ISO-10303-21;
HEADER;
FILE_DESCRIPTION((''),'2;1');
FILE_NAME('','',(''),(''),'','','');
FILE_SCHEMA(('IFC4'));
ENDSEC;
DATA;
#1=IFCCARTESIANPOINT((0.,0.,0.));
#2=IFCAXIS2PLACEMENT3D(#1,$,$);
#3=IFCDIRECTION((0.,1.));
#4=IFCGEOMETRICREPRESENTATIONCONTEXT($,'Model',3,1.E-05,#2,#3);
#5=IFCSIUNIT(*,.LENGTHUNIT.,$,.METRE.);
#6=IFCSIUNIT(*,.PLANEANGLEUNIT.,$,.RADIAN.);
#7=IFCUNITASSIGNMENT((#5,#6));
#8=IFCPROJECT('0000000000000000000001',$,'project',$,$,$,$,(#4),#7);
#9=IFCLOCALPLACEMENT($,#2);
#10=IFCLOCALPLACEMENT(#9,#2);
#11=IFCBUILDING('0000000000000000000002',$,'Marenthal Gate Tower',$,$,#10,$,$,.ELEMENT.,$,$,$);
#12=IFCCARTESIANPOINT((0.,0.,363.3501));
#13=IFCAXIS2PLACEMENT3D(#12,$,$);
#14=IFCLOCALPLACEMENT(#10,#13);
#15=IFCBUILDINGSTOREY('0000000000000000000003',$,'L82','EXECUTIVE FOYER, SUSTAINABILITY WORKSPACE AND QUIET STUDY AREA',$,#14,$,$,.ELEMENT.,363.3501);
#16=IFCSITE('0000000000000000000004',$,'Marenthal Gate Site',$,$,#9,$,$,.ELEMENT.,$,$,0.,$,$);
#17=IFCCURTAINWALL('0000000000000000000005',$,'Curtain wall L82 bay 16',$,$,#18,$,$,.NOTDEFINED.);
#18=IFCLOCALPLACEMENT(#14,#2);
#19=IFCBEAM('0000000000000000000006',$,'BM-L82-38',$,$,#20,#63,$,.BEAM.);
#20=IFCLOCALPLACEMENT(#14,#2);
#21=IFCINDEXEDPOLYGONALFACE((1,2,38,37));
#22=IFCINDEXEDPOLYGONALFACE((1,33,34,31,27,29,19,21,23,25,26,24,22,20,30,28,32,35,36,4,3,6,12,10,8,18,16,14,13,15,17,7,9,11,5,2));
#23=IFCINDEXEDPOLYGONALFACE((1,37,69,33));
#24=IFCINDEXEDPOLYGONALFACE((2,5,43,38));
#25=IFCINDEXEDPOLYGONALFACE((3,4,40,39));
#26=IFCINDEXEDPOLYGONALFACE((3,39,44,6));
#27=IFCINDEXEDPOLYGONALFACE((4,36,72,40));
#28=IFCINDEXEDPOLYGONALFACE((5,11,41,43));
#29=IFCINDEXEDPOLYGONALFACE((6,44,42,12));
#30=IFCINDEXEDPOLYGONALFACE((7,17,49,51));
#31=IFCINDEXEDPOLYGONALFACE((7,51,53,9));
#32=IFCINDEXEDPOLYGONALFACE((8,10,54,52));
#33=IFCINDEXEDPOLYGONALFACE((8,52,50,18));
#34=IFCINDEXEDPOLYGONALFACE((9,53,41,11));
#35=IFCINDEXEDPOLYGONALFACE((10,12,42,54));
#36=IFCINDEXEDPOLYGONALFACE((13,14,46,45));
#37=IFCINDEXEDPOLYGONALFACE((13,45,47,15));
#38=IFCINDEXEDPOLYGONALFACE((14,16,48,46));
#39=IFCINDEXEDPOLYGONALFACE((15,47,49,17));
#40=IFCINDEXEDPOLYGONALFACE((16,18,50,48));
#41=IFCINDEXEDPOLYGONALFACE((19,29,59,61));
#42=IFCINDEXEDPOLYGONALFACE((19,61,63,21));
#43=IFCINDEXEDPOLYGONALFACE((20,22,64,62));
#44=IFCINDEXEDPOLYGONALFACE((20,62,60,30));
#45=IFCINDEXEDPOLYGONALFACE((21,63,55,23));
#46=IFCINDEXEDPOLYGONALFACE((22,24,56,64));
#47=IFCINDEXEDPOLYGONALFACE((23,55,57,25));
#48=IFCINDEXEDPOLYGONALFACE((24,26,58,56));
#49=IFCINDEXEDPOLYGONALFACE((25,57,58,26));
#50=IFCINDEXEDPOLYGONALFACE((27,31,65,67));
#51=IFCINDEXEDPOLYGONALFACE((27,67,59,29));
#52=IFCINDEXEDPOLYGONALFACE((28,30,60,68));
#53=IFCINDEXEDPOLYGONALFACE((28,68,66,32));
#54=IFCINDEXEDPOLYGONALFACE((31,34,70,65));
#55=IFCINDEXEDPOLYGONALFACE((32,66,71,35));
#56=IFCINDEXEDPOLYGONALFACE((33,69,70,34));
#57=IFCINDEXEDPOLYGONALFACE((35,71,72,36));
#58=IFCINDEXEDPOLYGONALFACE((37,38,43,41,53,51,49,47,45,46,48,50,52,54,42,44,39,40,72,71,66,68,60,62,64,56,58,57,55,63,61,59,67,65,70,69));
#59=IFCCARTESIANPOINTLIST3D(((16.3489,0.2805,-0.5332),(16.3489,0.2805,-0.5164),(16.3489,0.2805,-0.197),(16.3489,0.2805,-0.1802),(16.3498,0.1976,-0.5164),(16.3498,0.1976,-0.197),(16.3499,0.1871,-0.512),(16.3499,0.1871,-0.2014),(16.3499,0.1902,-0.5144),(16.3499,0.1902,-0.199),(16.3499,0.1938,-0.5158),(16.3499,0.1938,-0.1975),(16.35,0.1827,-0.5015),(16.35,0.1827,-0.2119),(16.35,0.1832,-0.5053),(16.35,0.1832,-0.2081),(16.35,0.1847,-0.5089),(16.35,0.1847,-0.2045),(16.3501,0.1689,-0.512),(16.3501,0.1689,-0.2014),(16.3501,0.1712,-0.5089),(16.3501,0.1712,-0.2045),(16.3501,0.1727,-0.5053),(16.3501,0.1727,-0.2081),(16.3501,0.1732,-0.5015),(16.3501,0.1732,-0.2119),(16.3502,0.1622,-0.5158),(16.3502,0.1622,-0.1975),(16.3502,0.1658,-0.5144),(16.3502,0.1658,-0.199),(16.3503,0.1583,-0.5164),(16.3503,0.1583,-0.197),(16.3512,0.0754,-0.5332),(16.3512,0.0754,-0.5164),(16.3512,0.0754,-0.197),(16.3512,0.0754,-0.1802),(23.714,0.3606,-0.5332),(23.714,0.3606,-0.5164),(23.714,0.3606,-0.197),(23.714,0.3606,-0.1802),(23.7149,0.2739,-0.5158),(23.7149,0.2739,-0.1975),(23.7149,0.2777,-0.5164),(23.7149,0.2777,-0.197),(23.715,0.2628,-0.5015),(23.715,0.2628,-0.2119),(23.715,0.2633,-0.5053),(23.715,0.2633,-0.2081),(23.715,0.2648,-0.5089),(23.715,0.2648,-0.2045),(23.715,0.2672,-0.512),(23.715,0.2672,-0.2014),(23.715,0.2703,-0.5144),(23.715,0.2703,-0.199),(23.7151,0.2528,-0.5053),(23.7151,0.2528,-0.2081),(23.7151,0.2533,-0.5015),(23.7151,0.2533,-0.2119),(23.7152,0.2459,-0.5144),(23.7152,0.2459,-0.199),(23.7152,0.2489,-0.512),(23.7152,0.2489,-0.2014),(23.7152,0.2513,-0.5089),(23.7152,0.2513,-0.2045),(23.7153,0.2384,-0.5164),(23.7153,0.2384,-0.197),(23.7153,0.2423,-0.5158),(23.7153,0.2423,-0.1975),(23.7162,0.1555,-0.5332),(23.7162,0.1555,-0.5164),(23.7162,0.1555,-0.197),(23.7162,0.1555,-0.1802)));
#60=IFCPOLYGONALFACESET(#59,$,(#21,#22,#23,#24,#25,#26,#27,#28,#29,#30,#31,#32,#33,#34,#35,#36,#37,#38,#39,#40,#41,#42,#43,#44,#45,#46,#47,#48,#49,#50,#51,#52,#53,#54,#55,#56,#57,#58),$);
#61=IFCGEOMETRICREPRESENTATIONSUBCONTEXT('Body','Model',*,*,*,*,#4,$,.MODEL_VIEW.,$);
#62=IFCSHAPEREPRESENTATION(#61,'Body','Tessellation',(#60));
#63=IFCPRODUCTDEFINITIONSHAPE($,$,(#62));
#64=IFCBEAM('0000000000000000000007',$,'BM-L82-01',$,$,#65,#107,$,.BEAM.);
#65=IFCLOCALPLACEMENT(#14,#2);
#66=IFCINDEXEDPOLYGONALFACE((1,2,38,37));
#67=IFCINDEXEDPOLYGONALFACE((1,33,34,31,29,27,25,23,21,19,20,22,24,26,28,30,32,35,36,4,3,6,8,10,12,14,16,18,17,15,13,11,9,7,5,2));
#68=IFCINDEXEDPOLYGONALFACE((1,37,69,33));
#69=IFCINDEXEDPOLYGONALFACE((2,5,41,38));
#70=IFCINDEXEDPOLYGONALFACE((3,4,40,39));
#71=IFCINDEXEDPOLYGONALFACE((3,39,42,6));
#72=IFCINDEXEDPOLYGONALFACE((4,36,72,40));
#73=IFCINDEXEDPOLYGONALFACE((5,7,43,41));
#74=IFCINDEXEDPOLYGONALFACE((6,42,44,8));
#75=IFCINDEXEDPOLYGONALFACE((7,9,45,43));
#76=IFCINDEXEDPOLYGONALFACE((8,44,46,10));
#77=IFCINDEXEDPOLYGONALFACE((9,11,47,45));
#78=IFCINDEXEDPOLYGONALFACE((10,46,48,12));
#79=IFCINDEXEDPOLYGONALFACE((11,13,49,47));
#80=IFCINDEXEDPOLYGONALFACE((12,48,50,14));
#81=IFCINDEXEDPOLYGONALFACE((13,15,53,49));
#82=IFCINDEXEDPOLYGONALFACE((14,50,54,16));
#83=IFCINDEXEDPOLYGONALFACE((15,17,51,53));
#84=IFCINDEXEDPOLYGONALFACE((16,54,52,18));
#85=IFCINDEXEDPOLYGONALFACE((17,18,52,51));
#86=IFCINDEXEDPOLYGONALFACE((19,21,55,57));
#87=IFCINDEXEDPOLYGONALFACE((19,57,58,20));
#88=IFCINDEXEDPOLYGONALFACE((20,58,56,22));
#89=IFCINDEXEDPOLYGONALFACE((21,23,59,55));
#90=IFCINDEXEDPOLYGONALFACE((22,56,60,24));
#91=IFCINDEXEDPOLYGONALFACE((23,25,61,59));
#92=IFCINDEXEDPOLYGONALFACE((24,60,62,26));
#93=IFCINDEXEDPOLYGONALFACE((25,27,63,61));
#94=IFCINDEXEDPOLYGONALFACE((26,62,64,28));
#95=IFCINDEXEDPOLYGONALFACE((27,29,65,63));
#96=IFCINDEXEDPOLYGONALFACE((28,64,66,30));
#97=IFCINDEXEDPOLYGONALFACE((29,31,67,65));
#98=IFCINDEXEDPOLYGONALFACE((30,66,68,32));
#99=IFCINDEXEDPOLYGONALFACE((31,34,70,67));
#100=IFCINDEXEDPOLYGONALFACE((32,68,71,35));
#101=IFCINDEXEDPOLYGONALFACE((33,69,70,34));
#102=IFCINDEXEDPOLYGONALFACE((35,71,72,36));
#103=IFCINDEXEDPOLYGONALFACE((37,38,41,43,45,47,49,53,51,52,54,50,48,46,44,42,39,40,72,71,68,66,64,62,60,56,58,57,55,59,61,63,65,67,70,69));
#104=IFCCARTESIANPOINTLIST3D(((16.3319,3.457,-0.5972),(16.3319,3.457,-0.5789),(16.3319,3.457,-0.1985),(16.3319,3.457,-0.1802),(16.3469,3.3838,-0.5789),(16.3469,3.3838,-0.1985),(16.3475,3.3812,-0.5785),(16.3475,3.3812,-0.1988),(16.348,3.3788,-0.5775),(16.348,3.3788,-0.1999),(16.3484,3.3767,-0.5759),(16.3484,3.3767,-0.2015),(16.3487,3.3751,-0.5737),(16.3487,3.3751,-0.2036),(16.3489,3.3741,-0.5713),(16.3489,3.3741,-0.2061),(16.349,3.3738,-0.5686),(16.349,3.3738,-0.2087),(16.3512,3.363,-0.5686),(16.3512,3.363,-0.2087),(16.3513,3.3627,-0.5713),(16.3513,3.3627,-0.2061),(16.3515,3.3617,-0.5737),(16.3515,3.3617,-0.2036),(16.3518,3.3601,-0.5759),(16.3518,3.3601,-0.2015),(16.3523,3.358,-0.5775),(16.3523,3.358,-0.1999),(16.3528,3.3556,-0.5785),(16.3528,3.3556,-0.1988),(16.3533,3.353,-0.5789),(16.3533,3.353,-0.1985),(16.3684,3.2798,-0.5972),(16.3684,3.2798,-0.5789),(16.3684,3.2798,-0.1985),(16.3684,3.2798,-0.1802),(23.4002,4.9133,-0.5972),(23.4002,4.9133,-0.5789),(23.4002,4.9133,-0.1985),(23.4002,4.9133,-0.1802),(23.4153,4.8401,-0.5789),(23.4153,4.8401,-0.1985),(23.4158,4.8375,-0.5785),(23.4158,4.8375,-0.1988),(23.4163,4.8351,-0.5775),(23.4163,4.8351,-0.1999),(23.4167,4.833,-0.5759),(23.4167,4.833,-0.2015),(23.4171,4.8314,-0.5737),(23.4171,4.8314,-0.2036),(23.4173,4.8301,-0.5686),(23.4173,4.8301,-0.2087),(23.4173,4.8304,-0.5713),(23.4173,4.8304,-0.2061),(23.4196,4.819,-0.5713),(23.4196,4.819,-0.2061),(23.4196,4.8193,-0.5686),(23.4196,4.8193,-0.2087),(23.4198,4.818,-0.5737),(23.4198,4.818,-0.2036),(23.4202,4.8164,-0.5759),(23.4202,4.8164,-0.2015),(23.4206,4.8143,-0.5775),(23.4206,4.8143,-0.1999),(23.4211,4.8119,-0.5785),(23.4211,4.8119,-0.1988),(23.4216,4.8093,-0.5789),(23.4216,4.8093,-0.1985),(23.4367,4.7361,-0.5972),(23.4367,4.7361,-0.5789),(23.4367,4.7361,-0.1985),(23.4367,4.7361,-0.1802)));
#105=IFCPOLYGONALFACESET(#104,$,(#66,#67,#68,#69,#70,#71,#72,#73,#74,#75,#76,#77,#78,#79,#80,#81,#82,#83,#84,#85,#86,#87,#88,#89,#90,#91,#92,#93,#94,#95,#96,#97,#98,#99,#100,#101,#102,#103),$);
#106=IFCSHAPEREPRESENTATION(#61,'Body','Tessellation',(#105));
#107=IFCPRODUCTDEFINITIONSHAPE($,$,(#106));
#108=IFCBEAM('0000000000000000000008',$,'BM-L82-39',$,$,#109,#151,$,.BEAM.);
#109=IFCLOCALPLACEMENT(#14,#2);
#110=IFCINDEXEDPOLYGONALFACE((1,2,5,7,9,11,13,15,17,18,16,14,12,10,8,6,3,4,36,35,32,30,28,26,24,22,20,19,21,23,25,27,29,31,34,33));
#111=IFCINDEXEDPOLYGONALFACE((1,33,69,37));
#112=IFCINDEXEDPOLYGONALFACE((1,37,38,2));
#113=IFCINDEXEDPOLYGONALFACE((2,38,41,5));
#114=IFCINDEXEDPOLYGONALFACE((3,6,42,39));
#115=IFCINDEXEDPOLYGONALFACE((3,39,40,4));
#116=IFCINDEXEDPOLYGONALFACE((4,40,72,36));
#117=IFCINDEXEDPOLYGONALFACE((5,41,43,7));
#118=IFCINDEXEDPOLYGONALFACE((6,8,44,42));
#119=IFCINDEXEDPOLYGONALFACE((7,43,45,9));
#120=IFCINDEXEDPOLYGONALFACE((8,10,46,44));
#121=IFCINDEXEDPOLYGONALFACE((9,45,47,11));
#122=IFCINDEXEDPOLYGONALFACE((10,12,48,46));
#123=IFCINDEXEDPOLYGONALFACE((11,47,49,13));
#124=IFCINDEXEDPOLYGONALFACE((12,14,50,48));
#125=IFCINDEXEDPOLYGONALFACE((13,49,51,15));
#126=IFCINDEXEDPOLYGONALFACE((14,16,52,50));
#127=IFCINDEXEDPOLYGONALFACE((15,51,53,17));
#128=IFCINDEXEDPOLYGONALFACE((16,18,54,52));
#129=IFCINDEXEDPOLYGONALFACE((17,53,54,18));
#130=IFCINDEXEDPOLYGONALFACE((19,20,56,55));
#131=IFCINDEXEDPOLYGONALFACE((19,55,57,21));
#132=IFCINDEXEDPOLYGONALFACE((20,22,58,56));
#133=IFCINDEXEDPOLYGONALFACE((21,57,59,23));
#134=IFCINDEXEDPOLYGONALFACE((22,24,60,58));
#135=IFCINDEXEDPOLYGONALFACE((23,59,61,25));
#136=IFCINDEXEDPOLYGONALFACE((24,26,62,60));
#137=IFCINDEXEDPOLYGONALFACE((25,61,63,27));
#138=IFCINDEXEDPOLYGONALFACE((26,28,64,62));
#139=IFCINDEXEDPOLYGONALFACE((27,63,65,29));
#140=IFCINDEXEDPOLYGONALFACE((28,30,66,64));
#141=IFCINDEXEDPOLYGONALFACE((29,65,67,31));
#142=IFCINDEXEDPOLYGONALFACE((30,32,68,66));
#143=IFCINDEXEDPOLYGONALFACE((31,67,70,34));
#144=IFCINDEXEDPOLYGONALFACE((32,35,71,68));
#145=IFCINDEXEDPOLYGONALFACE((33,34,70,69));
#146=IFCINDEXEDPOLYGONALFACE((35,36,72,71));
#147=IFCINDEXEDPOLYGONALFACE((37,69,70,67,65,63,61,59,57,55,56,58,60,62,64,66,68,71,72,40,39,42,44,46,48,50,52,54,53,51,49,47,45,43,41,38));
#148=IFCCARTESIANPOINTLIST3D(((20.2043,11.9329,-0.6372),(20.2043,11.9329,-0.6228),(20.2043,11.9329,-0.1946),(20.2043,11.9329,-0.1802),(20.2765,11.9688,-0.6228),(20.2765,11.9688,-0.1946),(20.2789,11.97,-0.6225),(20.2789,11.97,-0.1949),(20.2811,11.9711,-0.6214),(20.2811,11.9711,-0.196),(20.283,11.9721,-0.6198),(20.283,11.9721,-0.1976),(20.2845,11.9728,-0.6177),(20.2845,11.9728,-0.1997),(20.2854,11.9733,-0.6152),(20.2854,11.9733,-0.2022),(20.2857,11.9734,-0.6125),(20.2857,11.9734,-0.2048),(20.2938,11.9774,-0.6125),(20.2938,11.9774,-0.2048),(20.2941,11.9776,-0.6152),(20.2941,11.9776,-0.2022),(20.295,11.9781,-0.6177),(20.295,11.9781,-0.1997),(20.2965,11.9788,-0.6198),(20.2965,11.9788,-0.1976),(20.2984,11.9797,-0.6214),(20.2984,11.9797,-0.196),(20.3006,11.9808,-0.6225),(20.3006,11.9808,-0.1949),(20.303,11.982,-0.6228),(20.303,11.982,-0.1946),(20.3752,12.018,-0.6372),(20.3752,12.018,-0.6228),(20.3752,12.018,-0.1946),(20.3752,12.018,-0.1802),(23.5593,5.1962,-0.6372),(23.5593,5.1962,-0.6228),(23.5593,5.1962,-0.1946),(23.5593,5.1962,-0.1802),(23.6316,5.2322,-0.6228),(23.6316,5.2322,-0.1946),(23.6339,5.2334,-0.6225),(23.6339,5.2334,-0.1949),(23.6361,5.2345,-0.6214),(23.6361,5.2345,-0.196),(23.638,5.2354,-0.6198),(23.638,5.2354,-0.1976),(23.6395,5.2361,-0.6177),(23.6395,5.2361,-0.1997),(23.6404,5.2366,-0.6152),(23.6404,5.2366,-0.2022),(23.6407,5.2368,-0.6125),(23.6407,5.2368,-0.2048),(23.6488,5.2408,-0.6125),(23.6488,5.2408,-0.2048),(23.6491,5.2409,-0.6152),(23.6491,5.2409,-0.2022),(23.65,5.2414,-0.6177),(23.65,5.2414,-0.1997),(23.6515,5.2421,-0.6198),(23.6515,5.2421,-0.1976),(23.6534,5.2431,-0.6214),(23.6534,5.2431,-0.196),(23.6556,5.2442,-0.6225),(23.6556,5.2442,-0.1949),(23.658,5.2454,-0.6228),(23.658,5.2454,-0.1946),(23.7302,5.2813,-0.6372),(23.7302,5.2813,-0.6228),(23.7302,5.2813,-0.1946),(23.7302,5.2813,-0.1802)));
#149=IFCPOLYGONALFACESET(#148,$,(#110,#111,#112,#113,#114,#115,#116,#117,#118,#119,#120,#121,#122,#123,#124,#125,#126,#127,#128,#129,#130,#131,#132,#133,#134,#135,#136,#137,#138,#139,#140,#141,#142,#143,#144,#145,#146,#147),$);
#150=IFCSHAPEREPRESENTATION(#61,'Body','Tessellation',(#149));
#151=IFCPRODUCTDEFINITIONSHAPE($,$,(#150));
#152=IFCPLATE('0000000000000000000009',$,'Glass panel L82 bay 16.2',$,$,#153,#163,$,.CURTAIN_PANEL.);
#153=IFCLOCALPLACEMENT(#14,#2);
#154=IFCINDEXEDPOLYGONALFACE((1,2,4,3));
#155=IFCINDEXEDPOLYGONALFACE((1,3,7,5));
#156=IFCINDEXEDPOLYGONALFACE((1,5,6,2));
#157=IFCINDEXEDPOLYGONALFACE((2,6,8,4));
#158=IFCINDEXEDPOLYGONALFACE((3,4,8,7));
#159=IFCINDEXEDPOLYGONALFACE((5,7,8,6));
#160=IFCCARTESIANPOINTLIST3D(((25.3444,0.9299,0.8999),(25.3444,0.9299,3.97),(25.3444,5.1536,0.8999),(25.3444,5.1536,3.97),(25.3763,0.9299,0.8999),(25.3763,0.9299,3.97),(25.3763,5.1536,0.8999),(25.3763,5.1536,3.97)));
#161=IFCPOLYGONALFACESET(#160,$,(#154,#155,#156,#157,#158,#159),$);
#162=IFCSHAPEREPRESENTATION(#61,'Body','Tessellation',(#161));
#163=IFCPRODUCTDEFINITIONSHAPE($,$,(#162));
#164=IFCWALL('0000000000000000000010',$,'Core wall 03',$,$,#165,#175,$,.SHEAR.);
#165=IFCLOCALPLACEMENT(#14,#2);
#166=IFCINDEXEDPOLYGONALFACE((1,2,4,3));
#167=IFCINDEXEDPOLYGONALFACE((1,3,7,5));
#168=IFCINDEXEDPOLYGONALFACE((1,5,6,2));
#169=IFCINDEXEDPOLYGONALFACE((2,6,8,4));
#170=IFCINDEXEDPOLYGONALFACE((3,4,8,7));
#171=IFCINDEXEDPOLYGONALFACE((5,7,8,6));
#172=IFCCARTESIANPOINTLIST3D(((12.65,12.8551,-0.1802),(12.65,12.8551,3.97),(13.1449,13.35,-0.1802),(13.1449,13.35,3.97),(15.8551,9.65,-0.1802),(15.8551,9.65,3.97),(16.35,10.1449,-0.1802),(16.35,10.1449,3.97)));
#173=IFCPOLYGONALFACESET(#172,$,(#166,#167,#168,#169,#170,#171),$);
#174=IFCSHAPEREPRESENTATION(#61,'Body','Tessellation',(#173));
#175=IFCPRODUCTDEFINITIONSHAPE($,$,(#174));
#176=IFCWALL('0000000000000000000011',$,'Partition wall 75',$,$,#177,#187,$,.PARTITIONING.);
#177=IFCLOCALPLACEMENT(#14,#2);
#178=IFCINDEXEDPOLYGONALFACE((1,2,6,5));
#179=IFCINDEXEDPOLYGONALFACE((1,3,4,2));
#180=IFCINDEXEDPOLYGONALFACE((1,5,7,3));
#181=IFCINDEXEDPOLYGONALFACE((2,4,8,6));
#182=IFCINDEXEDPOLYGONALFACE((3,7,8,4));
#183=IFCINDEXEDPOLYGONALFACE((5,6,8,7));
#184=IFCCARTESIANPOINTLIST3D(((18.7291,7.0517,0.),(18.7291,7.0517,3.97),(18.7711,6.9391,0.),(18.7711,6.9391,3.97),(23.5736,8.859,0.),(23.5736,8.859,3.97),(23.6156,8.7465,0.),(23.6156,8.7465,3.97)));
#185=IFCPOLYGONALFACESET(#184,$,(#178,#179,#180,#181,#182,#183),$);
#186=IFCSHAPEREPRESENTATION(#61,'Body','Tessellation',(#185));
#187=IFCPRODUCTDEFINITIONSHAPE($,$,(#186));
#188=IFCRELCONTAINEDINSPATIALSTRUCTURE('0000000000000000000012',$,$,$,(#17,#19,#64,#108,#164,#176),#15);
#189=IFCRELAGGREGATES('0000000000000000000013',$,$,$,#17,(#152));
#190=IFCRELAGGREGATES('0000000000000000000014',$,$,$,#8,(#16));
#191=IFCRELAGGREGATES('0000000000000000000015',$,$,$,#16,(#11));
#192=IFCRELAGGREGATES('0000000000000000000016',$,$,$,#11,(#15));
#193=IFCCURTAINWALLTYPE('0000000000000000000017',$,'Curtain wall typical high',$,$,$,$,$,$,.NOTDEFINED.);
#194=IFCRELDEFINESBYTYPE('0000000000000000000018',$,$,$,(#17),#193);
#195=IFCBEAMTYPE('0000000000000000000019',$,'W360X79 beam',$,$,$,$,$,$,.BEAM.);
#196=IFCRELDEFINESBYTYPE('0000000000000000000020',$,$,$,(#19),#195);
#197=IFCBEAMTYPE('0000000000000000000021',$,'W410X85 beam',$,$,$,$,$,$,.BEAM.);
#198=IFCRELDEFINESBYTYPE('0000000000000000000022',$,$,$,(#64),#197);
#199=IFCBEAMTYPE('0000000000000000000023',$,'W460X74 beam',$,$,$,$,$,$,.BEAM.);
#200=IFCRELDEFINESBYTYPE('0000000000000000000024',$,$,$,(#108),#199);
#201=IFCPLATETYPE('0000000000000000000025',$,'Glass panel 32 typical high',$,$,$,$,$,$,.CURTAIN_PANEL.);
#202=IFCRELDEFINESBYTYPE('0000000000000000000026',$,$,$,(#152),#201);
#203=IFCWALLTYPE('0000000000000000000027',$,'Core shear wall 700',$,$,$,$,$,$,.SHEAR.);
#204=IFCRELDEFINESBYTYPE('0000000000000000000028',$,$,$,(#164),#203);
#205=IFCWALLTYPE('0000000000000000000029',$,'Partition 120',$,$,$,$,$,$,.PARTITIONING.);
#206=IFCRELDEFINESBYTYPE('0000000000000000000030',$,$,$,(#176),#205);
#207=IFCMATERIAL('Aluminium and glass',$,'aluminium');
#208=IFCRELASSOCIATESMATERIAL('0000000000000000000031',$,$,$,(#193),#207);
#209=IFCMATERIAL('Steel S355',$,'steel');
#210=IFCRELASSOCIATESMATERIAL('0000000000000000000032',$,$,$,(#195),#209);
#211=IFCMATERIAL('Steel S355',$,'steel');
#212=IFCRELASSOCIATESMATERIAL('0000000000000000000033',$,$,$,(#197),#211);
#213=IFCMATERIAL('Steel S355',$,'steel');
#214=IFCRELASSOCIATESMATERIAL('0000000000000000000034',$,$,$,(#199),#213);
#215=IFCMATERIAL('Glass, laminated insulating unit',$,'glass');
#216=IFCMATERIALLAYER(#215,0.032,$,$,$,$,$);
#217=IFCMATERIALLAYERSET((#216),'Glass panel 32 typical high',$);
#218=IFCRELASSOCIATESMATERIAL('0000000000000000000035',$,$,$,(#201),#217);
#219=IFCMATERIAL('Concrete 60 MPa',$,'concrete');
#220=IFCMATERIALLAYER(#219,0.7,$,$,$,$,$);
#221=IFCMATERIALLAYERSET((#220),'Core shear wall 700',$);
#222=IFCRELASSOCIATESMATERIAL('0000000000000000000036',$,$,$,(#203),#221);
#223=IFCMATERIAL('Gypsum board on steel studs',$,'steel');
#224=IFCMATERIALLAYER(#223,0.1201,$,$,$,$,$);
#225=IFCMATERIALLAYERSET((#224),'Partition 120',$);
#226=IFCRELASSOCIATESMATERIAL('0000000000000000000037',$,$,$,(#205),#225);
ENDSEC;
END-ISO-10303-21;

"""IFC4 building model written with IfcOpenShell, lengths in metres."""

from ifc_helpers import new_model, si_unit, direction, frame, frame_2d, origin, origin_2d, place, context, subcontext, project, spatial, rectangle, i_section, extrude, material, layer, layer_set, material_profile, profile_set, type_object, element, aggregate, save


model = new_model("IFC4")

# Units and contexts
model_context = context("Model", 3, precision=1e-05, world=origin(), true_north=direction((0.0, 1.0)))
body_context = subcontext(model_context, "Body", "Model", "MODEL_VIEW")
ifc_project = project(units=[si_unit("LENGTHUNIT", "METRE"), si_unit("PLANEANGLEUNIT", "RADIAN")], contexts=[model_context])

# Site, building, storey
site_placement = place(None, origin())
site = spatial("IfcSite", under=ifc_project, at=site_placement, Name="Marenthal Gate Site", CompositionType="ELEMENT", RefElevation=0.0)
building_placement = place(site_placement, origin())
building = spatial("IfcBuilding", under=site, at=building_placement, Name="Marenthal Gate Tower", CompositionType="ELEMENT")
storey_placement = place(building_placement, frame((0.0, 0.0, 363.3501)))
storey = spatial("IfcBuildingStorey", under=building, at=storey_placement, Name="L82", Description="EXECUTIVE FOYER, SUSTAINABILITY WORKSPACE AND QUIET STUDY AREA", CompositionType="ELEMENT", Elevation=363.3501)

# Curtain wall
ifc_material_1 = material(Name="Aluminium and glass", Category="aluminium")
curtain_wall_type = type_object("IfcCurtainWallType", Name="Curtain wall typical high", PredefinedType="NOTDEFINED", material=ifc_material_1)
curtain_wall_placement = place(storey_placement, origin())
curtain_wall = element("IfcCurtainWall", 1, at=curtain_wall_placement, inside=storey, type_object=curtain_wall_type, Name="Curtain wall L82 bay 16", PredefinedType="NOTDEFINED")

# Beams
ifc_material_2 = material(Name="Steel S355", Category="steel")
ifc_material_profile_1 = material_profile(ifc_material_2, i_section(OverallWidth=0.2051, OverallDepth=0.353, WebThickness=0.0095, FlangeThickness=0.0168, FilletRadius=0.0149, at=origin_2d()), Name="W360X79")
ifc_profile_set_1 = profile_set([ifc_material_profile_1], Name="Steel S355")
beam_type_1 = type_object("IfcBeamType", Name="W360X79 beam", PredefinedType="BEAM", material=ifc_profile_set_1)
beam_1_placement = place(storey_placement, frame((23.7151, 0.2581, -0.3567), z_axis=(-0.999941, -0.010872, 0.0), x_axis=(0.010872, -0.999941, 0.0)))
element("IfcBeam", 2, at=beam_1_placement, inside=storey, type_object=beam_type_1, Name="BM-L82-38", PredefinedType="BEAM", context=body_context, shape_type="SweptSolid", body=[
    extrude(i_section(OverallWidth=0.2051, OverallDepth=0.353, WebThickness=0.0095, FlangeThickness=0.0168, FilletRadius=0.0149, at=origin_2d()), origin(), (0.0, 0.0, 1.0), 7.3655),
])
ifc_material_3 = material(Name="Steel S355", Category="steel")
ifc_material_profile_2 = material_profile(ifc_material_3, i_section(OverallWidth=0.1809, OverallDepth=0.417, WebThickness=0.011, FlangeThickness=0.0183, FilletRadius=0.0103, at=origin_2d()), Name="W410X85")
ifc_profile_set_2 = profile_set([ifc_material_profile_2], Name="Steel S355")
beam_type_2 = type_object("IfcBeamType", Name="W410X85 beam", PredefinedType="BEAM", material=ifc_profile_set_2)
beam_2_placement = place(storey_placement, frame((23.4185, 4.8247, -0.3887), z_axis=(-0.979428, -0.201792, 0.0), x_axis=(0.201792, -0.979428, 0.0)))
element("IfcBeam", 3, at=beam_2_placement, inside=storey, type_object=beam_type_2, Name="BM-L82-01", PredefinedType="BEAM", context=body_context, shape_type="SweptSolid", body=[
    extrude(i_section(OverallWidth=0.1809, OverallDepth=0.417, WebThickness=0.011, FlangeThickness=0.0183, FilletRadius=0.0103, at=origin_2d()), origin(), (0.0, 0.0, 1.0), 7.2168),
])
ifc_material_4 = material(Name="Steel S355", Category="steel")
ifc_material_profile_3 = material_profile(ifc_material_4, i_section(OverallWidth=0.1909, OverallDepth=0.457, WebThickness=0.009, FlangeThickness=0.0144, FilletRadius=0.0103, at=origin_2d()), Name="W460X74")
ifc_profile_set_3 = profile_set([ifc_material_profile_3], Name="Steel S355")
beam_type_3 = type_object("IfcBeamType", Name="W460X74 beam", PredefinedType="BEAM", material=ifc_profile_set_3)
beam_3_placement = place(storey_placement, frame((23.6448, 5.2388, -0.4087), z_axis=(-0.445799, 0.895133, 0.0), x_axis=(-0.895133, -0.445799, 0.0)))
element("IfcBeam", 4, at=beam_3_placement, inside=storey, type_object=beam_type_3, Name="BM-L82-39", PredefinedType="BEAM", context=body_context, shape_type="SweptSolid", body=[
    extrude(i_section(OverallWidth=0.1909, OverallDepth=0.457, WebThickness=0.009, FlangeThickness=0.0144, FilletRadius=0.0103, at=origin_2d()), origin(), (0.0, 0.0, 1.0), 7.5259),
])

# Plate
ifc_material_5 = material(Name="Glass, laminated insulating unit", Category="glass")
ifc_layer_1 = layer(ifc_material_5, 0.032)
ifc_layer_set_1 = layer_set([ifc_layer_1], Name="Glass panel 32 typical high")
plate_type = type_object("IfcPlateType", Name="Glass panel 32 typical high", PredefinedType="CURTAIN_PANEL", material=ifc_layer_set_1)
plate_placement = place(storey_placement, frame((25.3604, 3.0417, 0.8999), z_axis=(0.0, 0.0, 1.0), x_axis=(0.0, 1.0, 0.0)))
plate = element("IfcPlate", 5, at=plate_placement, type_object=plate_type, Name="Glass panel L82 bay 16.2", PredefinedType="CURTAIN_PANEL", context=body_context, shape_type="SweptSolid", body=[
    extrude(rectangle(XDim=4.2236, YDim=0.032, at=origin_2d()), origin(), (0.0, 0.0, 1.0), 3.0701),
])
aggregate(curtain_wall, [plate])

# Walls
ifc_material_6 = material(Name="Concrete 60 MPa", Category="concrete")
ifc_layer_2 = layer(ifc_material_6, 0.7)
ifc_layer_set_2 = layer_set([ifc_layer_2], Name="Core shear wall 700")
wall_type_1 = type_object("IfcWallType", Name="Core shear wall 700", PredefinedType="SHEAR", material=ifc_layer_set_2)
wall_1_placement = place(storey_placement, frame((16.1025, 9.8975, -0.1802), z_axis=(0.0, 0.0, 1.0), x_axis=(-0.707107, 0.707107, 0.0)))
element("IfcWall", 6, at=wall_1_placement, inside=storey, type_object=wall_type_1, Name="Core wall 03", PredefinedType="SHEAR", context=body_context, shape_type="SweptSolid", body=[
    extrude(rectangle(XDim=4.5327, YDim=0.7, at=frame_2d((2.2664, 0.0))), origin(), (0.0, 0.0, 1.0), 4.1501),
])
ifc_material_7 = material(Name="Gypsum board on steel studs", Category="steel")
ifc_layer_3 = layer(ifc_material_7, 0.1201)
ifc_layer_set_3 = layer_set([ifc_layer_3], Name="Partition 120")
wall_type_2 = type_object("IfcWallType", Name="Partition 120", PredefinedType="PARTITIONING", material=ifc_layer_set_3)
wall_2_placement = place(storey_placement, frame((18.75, 6.9954, 0.0), z_axis=(0.0, 0.0, 1.0), x_axis=(0.93692, 0.349545, 0.0)))
element("IfcWall", 7, at=wall_2_placement, inside=storey, type_object=wall_type_2, Name="Partition wall 75", PredefinedType="PARTITIONING", context=body_context, shape_type="SweptSolid", body=[
    extrude(rectangle(XDim=5.1707, YDim=0.1201, at=frame_2d((2.5854, 0.0))), origin(), (0.0, 0.0, 1.0), 3.97),
])

save(model, "model.ifc")
